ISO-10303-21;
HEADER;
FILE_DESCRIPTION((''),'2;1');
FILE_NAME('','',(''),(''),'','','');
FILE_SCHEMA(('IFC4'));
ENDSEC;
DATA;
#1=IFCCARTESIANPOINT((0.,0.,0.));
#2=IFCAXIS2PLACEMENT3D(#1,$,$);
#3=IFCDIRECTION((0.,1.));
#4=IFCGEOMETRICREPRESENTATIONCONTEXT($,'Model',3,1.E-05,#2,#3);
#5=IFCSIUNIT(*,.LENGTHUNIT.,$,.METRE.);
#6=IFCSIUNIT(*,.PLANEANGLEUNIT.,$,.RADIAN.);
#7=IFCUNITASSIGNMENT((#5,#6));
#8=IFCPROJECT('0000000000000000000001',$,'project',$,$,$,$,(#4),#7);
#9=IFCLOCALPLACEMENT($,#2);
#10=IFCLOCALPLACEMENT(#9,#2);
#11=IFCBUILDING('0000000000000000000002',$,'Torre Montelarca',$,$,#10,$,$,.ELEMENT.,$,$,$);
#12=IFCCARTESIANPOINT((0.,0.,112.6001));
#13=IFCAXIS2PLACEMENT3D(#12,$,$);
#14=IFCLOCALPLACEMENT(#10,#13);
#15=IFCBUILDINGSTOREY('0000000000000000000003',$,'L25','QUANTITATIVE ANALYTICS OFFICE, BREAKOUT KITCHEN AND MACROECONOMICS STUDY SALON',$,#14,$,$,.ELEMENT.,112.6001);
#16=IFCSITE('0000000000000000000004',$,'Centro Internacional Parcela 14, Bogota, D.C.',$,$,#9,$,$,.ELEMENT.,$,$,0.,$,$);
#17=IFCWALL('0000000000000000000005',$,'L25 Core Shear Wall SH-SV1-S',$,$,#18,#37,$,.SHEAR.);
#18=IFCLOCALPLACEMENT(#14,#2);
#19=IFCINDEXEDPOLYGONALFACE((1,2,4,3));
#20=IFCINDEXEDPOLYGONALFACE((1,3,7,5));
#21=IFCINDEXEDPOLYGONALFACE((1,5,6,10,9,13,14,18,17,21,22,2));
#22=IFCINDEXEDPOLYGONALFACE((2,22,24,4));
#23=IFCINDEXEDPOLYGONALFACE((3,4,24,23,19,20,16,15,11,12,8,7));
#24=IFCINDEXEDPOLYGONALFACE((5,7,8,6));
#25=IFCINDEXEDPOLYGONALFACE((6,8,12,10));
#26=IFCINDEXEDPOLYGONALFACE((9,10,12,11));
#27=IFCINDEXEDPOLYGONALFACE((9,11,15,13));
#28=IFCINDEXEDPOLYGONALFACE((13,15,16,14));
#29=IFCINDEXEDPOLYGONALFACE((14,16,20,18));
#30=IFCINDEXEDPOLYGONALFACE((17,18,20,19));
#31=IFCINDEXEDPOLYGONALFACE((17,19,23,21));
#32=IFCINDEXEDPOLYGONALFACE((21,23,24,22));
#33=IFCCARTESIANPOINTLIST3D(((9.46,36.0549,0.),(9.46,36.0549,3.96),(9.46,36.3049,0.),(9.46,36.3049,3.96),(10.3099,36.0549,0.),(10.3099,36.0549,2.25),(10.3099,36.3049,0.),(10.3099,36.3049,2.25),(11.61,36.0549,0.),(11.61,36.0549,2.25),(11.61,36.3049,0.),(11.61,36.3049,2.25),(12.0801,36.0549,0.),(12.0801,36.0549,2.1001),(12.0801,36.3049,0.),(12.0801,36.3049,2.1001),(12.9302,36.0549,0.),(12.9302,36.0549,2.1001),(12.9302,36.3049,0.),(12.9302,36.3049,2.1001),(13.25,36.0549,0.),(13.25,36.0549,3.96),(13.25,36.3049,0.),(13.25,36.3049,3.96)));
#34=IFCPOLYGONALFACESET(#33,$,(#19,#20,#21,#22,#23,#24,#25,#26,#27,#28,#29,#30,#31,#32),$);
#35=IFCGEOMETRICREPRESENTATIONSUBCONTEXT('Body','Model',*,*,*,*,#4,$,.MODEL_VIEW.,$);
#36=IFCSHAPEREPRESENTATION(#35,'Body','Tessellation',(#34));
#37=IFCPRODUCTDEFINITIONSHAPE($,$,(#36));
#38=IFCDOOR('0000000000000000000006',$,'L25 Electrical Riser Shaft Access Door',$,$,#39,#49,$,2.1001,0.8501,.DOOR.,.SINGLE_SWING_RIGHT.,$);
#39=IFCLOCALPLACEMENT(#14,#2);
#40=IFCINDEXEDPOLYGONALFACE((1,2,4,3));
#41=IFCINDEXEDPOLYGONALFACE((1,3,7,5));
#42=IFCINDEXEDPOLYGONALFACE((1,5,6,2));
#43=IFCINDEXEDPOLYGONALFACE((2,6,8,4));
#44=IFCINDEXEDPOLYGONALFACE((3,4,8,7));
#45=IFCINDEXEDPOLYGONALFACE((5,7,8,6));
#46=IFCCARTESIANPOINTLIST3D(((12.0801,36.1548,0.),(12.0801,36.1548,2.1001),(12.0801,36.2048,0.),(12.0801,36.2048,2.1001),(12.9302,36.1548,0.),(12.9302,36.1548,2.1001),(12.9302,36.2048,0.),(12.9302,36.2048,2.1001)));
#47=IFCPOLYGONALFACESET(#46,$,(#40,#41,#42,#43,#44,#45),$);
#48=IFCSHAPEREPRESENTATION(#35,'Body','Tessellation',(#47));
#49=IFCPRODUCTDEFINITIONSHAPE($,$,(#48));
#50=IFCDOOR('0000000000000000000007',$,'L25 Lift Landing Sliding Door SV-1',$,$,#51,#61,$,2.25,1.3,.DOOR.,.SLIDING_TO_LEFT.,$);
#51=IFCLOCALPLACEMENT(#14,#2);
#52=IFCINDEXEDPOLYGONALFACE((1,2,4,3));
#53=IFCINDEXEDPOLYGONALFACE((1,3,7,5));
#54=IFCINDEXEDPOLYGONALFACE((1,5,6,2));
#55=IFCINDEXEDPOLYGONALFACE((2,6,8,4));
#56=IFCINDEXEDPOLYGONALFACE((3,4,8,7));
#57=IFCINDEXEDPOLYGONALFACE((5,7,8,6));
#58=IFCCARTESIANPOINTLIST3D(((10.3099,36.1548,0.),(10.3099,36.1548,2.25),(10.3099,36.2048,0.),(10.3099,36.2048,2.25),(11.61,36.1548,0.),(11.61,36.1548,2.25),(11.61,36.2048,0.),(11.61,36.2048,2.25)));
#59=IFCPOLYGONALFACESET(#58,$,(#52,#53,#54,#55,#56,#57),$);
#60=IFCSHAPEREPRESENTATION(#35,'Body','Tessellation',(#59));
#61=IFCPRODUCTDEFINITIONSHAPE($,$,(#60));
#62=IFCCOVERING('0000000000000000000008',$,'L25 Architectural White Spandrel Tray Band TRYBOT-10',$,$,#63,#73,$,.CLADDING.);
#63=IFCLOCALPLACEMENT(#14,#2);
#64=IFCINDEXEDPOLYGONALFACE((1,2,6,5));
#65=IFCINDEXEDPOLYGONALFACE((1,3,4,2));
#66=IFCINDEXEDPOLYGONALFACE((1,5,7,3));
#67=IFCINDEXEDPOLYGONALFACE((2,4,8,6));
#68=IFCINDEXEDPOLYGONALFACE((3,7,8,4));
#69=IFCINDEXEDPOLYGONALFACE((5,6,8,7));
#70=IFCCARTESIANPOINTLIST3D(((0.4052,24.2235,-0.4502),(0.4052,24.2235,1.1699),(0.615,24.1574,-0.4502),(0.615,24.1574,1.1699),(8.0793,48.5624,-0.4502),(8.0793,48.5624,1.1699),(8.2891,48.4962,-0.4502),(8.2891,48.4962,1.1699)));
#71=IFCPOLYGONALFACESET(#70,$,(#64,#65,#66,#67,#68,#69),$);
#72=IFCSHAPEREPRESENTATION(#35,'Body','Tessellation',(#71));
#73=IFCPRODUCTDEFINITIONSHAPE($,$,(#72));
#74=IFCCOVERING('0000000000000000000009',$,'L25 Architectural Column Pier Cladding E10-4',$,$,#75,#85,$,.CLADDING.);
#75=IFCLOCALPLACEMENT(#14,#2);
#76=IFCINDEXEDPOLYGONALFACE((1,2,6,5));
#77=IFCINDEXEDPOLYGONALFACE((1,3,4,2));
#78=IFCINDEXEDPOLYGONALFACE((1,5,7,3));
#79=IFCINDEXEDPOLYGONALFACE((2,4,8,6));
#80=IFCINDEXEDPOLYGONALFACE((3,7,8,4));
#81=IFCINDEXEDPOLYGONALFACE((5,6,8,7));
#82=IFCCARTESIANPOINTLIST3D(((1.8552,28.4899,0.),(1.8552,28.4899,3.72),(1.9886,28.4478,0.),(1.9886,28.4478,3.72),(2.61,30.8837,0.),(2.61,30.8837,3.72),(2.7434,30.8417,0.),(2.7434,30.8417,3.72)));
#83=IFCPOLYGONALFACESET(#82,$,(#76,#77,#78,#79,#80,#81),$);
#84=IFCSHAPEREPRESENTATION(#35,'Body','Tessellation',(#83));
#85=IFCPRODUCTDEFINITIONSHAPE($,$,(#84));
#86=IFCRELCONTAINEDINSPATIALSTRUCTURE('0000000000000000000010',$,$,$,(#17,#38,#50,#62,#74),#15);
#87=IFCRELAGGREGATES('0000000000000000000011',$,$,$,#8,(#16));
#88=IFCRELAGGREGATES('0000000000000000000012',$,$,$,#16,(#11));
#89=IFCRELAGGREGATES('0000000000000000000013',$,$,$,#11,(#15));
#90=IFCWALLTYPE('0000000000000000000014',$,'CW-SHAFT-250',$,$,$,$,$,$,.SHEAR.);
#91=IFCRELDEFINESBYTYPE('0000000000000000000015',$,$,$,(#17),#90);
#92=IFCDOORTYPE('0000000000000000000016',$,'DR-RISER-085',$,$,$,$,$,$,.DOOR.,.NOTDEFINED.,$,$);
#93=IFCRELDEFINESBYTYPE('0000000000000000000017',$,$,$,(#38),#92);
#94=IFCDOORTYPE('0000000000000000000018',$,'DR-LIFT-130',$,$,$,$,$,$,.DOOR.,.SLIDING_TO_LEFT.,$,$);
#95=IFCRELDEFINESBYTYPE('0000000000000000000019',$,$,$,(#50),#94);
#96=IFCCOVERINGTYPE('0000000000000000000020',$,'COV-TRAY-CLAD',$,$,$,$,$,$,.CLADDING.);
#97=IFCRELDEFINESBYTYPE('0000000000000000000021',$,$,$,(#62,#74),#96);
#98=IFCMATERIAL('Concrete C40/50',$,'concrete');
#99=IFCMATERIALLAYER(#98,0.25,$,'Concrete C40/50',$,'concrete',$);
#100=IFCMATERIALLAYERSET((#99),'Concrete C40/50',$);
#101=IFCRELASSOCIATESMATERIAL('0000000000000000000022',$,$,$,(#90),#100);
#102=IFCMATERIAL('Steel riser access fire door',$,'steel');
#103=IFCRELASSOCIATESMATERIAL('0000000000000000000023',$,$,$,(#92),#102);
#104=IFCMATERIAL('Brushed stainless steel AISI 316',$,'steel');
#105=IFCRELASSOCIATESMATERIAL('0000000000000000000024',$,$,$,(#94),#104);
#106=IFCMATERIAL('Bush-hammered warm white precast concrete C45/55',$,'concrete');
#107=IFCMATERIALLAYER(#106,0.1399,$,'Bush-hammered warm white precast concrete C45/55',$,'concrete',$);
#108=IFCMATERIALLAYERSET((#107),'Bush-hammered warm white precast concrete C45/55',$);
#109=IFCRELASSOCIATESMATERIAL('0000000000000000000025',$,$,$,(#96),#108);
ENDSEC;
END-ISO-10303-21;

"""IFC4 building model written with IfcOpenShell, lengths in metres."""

from ifc_helpers import new_model, si_unit, direction, frame, frame_2d, origin, origin_2d, place, context, subcontext, project, spatial, rectangle, extrude, source, transform, mapped, material, layer, layer_set, type_object, element, fill, save


model = new_model("IFC4")

# Units and contexts
model_context = context("Model", 3, precision=1e-05, world=origin(), true_north=direction((0.0, 1.0)))
body_context = subcontext(model_context, "Body", "Model", "MODEL_VIEW")
ifc_project = project(units=[si_unit("LENGTHUNIT", "METRE"), si_unit("PLANEANGLEUNIT", "RADIAN")], contexts=[model_context])

# Site, building, storey
site_placement = place(None, origin())
site = spatial("IfcSite", under=ifc_project, at=site_placement, Name="Centro Internacional Parcela 14, Bogota, D.C.", CompositionType="ELEMENT", RefElevation=0.0)
building_placement = place(site_placement, origin())
building = spatial("IfcBuilding", under=site, at=building_placement, Name="Torre Montelarca", CompositionType="ELEMENT")
storey_placement = place(building_placement, frame((0.0, 0.0, 112.6001)))
storey = spatial("IfcBuildingStorey", under=building, at=storey_placement, Name="L25", Description="QUANTITATIVE ANALYTICS OFFICE, BREAKOUT KITCHEN AND MACROECONOMICS STUDY SALON", CompositionType="ELEMENT", Elevation=112.6001)

# Shared definitions
ifc_material_1 = material(Name="Concrete C40/50", Category="concrete")
ifc_layer_1 = layer(ifc_material_1, 0.25, Name="Concrete C40/50", Category="concrete")
ifc_layer_set_1 = layer_set([ifc_layer_1], Name="Concrete C40/50")
wall_type = type_object("IfcWallType", Name="CW-SHAFT-250", PredefinedType="SHEAR", material=ifc_layer_set_1)

# Wall, openings, doors
wall_1_placement = place(storey_placement, frame((9.46, 36.1799, 0.0), z_axis=(0.0, 0.0, 1.0), x_axis=(1.0, 0.0, 0.0)))
wall_1 = element("IfcWall", 1, at=wall_1_placement, inside=storey, type_object=wall_type, Name="L25 Core Shear Wall SH-SV1-S", PredefinedType="SHEAR", context=body_context, shape_type="SweptSolid", body=[
    extrude(rectangle(XDim=3.79, YDim=0.25, at=frame_2d((1.895, 0.0))), origin(), (0.0, 0.0, 1.0), 3.96),
])
opening_1_placement = place(wall_1_placement, frame((2.6201, 0.0, 0.0)))
opening_1 = element("IfcOpeningElement", 2, at=opening_1_placement, cuts=wall_1, PredefinedType="OPENING", context=body_context, shape_type="SweptSolid", body=[
    extrude(rectangle(XDim=0.8501, YDim=2.1001, at=frame_2d((0.425, 1.05))), frame((0.0, 0.135, 0.0), z_axis=(0.0, -1.0, 0.0), x_axis=(1.0, 0.0, 0.0)), (0.0, 0.0, 1.0), 0.27),
])
opening_2_placement = place(wall_1_placement, frame((0.8501, 0.0, 0.0)))
opening_2 = element("IfcOpeningElement", 3, at=opening_2_placement, cuts=wall_1, PredefinedType="OPENING", context=body_context, shape_type="SweptSolid", body=[
    extrude(rectangle(XDim=1.3, YDim=2.25, at=frame_2d((0.6499, 1.125))), frame((0.0, 0.135, 0.0), z_axis=(0.0, -1.0, 0.0), x_axis=(1.0, 0.0, 0.0)), (0.0, 0.0, 1.0), 0.27),
])
ifc_material_2 = material(Name="Steel riser access fire door", Category="steel")
door_type_1 = type_object("IfcDoorType", Name="DR-RISER-085", OperationType="NOTDEFINED", PredefinedType="DOOR", material=ifc_material_2)
shared_shape_1 = source(origin(), body_context, "Body", "SweptSolid", [
    extrude(rectangle(XDim=0.8501, YDim=2.1001, at=frame_2d((0.425, 1.05))), frame((0.0, 0.0249, 0.0), z_axis=(0.0, -1.0, 0.0), x_axis=(1.0, 0.0, 0.0)), (0.0, 0.0, 1.0), 0.05),
])
door_1_placement = place(opening_1_placement, origin())
door_1 = element("IfcDoor", 4, at=door_1_placement, inside=storey, type_object=door_type_1, Name="L25 Electrical Riser Shaft Access Door", OperationType="SINGLE_SWING_RIGHT", OverallHeight=2.1001, OverallWidth=0.8501, PredefinedType="DOOR", context=body_context, shape_type="MappedRepresentation", body=[
    mapped(shared_shape_1, transform((0.0, 0.0, 0.0), scale=1.0)),
])
fill(opening_1, door_1)
ifc_material_3 = material(Name="Brushed stainless steel AISI 316", Category="steel")
door_type_2 = type_object("IfcDoorType", Name="DR-LIFT-130", OperationType="SLIDING_TO_LEFT", PredefinedType="DOOR", material=ifc_material_3)
shared_shape_2 = source(origin(), body_context, "Body", "SweptSolid", [
    extrude(rectangle(XDim=1.3, YDim=2.25, at=frame_2d((0.6499, 1.125))), frame((0.0, 0.0249, 0.0), z_axis=(0.0, -1.0, 0.0), x_axis=(1.0, 0.0, 0.0)), (0.0, 0.0, 1.0), 0.05),
])
door_2_placement = place(opening_2_placement, origin())
door_2 = element("IfcDoor", 5, at=door_2_placement, inside=storey, type_object=door_type_2, Name="L25 Lift Landing Sliding Door SV-1", OperationType="SLIDING_TO_LEFT", OverallHeight=2.25, OverallWidth=1.3, PredefinedType="DOOR", context=body_context, shape_type="MappedRepresentation", body=[
    mapped(shared_shape_2, transform((0.0, 0.0, 0.0), scale=1.0)),
])
fill(opening_2, door_2)

# Coverings
ifc_material_4 = material(Name="Bush-hammered warm white precast concrete C45/55", Category="concrete")
ifc_layer_2 = layer(ifc_material_4, 0.1399, Name="Bush-hammered warm white precast concrete C45/55", Category="concrete")
ifc_layer_set_2 = layer_set([ifc_layer_2], Name="Bush-hammered warm white precast concrete C45/55")
covering_type = type_object("IfcCoveringType", Name="COV-TRAY-CLAD", PredefinedType="CLADDING", material=ifc_layer_set_2)
shared_shape_3 = source(origin(), body_context, "Body", "SweptSolid", [
    extrude(rectangle(XDim=25.52, YDim=0.22, at=origin_2d()), origin(), (0.0, 0.0, 1.0), 1.6201),
])
covering_1_placement = place(storey_placement, frame((4.3472, 36.3599, -0.4502), z_axis=(0.0, 0.0, 1.0), x_axis=(-0.300709, -0.953716, 0.0)))
element("IfcCovering", 6, at=covering_1_placement, inside=storey, type_object=covering_type, Name="L25 Architectural White Spandrel Tray Band TRYBOT-10", PredefinedType="CLADDING", context=body_context, shape_type="MappedRepresentation", body=[
    mapped(shared_shape_3, transform((0.0, 0.0, 0.0), scale=1.0)),
])
shared_shape_4 = source(origin(), body_context, "Body", "SweptSolid", [
    extrude(rectangle(XDim=2.51, YDim=0.1399, at=origin_2d()), origin(), (0.0, 0.0, 1.0), 3.72),
])
covering_2_placement = place(storey_placement, frame((2.2993, 29.6658, 0.0), z_axis=(0.0, 0.0, 1.0), x_axis=(-0.300707, -0.953716, 0.0)))
element("IfcCovering", 7, at=covering_2_placement, inside=storey, type_object=covering_type, Name="L25 Architectural Column Pier Cladding E10-4", PredefinedType="CLADDING", context=body_context, shape_type="MappedRepresentation", body=[
    mapped(shared_shape_4, transform((0.0, 0.0, 0.0), scale=1.0)),
])

save(model, "model.ifc")
